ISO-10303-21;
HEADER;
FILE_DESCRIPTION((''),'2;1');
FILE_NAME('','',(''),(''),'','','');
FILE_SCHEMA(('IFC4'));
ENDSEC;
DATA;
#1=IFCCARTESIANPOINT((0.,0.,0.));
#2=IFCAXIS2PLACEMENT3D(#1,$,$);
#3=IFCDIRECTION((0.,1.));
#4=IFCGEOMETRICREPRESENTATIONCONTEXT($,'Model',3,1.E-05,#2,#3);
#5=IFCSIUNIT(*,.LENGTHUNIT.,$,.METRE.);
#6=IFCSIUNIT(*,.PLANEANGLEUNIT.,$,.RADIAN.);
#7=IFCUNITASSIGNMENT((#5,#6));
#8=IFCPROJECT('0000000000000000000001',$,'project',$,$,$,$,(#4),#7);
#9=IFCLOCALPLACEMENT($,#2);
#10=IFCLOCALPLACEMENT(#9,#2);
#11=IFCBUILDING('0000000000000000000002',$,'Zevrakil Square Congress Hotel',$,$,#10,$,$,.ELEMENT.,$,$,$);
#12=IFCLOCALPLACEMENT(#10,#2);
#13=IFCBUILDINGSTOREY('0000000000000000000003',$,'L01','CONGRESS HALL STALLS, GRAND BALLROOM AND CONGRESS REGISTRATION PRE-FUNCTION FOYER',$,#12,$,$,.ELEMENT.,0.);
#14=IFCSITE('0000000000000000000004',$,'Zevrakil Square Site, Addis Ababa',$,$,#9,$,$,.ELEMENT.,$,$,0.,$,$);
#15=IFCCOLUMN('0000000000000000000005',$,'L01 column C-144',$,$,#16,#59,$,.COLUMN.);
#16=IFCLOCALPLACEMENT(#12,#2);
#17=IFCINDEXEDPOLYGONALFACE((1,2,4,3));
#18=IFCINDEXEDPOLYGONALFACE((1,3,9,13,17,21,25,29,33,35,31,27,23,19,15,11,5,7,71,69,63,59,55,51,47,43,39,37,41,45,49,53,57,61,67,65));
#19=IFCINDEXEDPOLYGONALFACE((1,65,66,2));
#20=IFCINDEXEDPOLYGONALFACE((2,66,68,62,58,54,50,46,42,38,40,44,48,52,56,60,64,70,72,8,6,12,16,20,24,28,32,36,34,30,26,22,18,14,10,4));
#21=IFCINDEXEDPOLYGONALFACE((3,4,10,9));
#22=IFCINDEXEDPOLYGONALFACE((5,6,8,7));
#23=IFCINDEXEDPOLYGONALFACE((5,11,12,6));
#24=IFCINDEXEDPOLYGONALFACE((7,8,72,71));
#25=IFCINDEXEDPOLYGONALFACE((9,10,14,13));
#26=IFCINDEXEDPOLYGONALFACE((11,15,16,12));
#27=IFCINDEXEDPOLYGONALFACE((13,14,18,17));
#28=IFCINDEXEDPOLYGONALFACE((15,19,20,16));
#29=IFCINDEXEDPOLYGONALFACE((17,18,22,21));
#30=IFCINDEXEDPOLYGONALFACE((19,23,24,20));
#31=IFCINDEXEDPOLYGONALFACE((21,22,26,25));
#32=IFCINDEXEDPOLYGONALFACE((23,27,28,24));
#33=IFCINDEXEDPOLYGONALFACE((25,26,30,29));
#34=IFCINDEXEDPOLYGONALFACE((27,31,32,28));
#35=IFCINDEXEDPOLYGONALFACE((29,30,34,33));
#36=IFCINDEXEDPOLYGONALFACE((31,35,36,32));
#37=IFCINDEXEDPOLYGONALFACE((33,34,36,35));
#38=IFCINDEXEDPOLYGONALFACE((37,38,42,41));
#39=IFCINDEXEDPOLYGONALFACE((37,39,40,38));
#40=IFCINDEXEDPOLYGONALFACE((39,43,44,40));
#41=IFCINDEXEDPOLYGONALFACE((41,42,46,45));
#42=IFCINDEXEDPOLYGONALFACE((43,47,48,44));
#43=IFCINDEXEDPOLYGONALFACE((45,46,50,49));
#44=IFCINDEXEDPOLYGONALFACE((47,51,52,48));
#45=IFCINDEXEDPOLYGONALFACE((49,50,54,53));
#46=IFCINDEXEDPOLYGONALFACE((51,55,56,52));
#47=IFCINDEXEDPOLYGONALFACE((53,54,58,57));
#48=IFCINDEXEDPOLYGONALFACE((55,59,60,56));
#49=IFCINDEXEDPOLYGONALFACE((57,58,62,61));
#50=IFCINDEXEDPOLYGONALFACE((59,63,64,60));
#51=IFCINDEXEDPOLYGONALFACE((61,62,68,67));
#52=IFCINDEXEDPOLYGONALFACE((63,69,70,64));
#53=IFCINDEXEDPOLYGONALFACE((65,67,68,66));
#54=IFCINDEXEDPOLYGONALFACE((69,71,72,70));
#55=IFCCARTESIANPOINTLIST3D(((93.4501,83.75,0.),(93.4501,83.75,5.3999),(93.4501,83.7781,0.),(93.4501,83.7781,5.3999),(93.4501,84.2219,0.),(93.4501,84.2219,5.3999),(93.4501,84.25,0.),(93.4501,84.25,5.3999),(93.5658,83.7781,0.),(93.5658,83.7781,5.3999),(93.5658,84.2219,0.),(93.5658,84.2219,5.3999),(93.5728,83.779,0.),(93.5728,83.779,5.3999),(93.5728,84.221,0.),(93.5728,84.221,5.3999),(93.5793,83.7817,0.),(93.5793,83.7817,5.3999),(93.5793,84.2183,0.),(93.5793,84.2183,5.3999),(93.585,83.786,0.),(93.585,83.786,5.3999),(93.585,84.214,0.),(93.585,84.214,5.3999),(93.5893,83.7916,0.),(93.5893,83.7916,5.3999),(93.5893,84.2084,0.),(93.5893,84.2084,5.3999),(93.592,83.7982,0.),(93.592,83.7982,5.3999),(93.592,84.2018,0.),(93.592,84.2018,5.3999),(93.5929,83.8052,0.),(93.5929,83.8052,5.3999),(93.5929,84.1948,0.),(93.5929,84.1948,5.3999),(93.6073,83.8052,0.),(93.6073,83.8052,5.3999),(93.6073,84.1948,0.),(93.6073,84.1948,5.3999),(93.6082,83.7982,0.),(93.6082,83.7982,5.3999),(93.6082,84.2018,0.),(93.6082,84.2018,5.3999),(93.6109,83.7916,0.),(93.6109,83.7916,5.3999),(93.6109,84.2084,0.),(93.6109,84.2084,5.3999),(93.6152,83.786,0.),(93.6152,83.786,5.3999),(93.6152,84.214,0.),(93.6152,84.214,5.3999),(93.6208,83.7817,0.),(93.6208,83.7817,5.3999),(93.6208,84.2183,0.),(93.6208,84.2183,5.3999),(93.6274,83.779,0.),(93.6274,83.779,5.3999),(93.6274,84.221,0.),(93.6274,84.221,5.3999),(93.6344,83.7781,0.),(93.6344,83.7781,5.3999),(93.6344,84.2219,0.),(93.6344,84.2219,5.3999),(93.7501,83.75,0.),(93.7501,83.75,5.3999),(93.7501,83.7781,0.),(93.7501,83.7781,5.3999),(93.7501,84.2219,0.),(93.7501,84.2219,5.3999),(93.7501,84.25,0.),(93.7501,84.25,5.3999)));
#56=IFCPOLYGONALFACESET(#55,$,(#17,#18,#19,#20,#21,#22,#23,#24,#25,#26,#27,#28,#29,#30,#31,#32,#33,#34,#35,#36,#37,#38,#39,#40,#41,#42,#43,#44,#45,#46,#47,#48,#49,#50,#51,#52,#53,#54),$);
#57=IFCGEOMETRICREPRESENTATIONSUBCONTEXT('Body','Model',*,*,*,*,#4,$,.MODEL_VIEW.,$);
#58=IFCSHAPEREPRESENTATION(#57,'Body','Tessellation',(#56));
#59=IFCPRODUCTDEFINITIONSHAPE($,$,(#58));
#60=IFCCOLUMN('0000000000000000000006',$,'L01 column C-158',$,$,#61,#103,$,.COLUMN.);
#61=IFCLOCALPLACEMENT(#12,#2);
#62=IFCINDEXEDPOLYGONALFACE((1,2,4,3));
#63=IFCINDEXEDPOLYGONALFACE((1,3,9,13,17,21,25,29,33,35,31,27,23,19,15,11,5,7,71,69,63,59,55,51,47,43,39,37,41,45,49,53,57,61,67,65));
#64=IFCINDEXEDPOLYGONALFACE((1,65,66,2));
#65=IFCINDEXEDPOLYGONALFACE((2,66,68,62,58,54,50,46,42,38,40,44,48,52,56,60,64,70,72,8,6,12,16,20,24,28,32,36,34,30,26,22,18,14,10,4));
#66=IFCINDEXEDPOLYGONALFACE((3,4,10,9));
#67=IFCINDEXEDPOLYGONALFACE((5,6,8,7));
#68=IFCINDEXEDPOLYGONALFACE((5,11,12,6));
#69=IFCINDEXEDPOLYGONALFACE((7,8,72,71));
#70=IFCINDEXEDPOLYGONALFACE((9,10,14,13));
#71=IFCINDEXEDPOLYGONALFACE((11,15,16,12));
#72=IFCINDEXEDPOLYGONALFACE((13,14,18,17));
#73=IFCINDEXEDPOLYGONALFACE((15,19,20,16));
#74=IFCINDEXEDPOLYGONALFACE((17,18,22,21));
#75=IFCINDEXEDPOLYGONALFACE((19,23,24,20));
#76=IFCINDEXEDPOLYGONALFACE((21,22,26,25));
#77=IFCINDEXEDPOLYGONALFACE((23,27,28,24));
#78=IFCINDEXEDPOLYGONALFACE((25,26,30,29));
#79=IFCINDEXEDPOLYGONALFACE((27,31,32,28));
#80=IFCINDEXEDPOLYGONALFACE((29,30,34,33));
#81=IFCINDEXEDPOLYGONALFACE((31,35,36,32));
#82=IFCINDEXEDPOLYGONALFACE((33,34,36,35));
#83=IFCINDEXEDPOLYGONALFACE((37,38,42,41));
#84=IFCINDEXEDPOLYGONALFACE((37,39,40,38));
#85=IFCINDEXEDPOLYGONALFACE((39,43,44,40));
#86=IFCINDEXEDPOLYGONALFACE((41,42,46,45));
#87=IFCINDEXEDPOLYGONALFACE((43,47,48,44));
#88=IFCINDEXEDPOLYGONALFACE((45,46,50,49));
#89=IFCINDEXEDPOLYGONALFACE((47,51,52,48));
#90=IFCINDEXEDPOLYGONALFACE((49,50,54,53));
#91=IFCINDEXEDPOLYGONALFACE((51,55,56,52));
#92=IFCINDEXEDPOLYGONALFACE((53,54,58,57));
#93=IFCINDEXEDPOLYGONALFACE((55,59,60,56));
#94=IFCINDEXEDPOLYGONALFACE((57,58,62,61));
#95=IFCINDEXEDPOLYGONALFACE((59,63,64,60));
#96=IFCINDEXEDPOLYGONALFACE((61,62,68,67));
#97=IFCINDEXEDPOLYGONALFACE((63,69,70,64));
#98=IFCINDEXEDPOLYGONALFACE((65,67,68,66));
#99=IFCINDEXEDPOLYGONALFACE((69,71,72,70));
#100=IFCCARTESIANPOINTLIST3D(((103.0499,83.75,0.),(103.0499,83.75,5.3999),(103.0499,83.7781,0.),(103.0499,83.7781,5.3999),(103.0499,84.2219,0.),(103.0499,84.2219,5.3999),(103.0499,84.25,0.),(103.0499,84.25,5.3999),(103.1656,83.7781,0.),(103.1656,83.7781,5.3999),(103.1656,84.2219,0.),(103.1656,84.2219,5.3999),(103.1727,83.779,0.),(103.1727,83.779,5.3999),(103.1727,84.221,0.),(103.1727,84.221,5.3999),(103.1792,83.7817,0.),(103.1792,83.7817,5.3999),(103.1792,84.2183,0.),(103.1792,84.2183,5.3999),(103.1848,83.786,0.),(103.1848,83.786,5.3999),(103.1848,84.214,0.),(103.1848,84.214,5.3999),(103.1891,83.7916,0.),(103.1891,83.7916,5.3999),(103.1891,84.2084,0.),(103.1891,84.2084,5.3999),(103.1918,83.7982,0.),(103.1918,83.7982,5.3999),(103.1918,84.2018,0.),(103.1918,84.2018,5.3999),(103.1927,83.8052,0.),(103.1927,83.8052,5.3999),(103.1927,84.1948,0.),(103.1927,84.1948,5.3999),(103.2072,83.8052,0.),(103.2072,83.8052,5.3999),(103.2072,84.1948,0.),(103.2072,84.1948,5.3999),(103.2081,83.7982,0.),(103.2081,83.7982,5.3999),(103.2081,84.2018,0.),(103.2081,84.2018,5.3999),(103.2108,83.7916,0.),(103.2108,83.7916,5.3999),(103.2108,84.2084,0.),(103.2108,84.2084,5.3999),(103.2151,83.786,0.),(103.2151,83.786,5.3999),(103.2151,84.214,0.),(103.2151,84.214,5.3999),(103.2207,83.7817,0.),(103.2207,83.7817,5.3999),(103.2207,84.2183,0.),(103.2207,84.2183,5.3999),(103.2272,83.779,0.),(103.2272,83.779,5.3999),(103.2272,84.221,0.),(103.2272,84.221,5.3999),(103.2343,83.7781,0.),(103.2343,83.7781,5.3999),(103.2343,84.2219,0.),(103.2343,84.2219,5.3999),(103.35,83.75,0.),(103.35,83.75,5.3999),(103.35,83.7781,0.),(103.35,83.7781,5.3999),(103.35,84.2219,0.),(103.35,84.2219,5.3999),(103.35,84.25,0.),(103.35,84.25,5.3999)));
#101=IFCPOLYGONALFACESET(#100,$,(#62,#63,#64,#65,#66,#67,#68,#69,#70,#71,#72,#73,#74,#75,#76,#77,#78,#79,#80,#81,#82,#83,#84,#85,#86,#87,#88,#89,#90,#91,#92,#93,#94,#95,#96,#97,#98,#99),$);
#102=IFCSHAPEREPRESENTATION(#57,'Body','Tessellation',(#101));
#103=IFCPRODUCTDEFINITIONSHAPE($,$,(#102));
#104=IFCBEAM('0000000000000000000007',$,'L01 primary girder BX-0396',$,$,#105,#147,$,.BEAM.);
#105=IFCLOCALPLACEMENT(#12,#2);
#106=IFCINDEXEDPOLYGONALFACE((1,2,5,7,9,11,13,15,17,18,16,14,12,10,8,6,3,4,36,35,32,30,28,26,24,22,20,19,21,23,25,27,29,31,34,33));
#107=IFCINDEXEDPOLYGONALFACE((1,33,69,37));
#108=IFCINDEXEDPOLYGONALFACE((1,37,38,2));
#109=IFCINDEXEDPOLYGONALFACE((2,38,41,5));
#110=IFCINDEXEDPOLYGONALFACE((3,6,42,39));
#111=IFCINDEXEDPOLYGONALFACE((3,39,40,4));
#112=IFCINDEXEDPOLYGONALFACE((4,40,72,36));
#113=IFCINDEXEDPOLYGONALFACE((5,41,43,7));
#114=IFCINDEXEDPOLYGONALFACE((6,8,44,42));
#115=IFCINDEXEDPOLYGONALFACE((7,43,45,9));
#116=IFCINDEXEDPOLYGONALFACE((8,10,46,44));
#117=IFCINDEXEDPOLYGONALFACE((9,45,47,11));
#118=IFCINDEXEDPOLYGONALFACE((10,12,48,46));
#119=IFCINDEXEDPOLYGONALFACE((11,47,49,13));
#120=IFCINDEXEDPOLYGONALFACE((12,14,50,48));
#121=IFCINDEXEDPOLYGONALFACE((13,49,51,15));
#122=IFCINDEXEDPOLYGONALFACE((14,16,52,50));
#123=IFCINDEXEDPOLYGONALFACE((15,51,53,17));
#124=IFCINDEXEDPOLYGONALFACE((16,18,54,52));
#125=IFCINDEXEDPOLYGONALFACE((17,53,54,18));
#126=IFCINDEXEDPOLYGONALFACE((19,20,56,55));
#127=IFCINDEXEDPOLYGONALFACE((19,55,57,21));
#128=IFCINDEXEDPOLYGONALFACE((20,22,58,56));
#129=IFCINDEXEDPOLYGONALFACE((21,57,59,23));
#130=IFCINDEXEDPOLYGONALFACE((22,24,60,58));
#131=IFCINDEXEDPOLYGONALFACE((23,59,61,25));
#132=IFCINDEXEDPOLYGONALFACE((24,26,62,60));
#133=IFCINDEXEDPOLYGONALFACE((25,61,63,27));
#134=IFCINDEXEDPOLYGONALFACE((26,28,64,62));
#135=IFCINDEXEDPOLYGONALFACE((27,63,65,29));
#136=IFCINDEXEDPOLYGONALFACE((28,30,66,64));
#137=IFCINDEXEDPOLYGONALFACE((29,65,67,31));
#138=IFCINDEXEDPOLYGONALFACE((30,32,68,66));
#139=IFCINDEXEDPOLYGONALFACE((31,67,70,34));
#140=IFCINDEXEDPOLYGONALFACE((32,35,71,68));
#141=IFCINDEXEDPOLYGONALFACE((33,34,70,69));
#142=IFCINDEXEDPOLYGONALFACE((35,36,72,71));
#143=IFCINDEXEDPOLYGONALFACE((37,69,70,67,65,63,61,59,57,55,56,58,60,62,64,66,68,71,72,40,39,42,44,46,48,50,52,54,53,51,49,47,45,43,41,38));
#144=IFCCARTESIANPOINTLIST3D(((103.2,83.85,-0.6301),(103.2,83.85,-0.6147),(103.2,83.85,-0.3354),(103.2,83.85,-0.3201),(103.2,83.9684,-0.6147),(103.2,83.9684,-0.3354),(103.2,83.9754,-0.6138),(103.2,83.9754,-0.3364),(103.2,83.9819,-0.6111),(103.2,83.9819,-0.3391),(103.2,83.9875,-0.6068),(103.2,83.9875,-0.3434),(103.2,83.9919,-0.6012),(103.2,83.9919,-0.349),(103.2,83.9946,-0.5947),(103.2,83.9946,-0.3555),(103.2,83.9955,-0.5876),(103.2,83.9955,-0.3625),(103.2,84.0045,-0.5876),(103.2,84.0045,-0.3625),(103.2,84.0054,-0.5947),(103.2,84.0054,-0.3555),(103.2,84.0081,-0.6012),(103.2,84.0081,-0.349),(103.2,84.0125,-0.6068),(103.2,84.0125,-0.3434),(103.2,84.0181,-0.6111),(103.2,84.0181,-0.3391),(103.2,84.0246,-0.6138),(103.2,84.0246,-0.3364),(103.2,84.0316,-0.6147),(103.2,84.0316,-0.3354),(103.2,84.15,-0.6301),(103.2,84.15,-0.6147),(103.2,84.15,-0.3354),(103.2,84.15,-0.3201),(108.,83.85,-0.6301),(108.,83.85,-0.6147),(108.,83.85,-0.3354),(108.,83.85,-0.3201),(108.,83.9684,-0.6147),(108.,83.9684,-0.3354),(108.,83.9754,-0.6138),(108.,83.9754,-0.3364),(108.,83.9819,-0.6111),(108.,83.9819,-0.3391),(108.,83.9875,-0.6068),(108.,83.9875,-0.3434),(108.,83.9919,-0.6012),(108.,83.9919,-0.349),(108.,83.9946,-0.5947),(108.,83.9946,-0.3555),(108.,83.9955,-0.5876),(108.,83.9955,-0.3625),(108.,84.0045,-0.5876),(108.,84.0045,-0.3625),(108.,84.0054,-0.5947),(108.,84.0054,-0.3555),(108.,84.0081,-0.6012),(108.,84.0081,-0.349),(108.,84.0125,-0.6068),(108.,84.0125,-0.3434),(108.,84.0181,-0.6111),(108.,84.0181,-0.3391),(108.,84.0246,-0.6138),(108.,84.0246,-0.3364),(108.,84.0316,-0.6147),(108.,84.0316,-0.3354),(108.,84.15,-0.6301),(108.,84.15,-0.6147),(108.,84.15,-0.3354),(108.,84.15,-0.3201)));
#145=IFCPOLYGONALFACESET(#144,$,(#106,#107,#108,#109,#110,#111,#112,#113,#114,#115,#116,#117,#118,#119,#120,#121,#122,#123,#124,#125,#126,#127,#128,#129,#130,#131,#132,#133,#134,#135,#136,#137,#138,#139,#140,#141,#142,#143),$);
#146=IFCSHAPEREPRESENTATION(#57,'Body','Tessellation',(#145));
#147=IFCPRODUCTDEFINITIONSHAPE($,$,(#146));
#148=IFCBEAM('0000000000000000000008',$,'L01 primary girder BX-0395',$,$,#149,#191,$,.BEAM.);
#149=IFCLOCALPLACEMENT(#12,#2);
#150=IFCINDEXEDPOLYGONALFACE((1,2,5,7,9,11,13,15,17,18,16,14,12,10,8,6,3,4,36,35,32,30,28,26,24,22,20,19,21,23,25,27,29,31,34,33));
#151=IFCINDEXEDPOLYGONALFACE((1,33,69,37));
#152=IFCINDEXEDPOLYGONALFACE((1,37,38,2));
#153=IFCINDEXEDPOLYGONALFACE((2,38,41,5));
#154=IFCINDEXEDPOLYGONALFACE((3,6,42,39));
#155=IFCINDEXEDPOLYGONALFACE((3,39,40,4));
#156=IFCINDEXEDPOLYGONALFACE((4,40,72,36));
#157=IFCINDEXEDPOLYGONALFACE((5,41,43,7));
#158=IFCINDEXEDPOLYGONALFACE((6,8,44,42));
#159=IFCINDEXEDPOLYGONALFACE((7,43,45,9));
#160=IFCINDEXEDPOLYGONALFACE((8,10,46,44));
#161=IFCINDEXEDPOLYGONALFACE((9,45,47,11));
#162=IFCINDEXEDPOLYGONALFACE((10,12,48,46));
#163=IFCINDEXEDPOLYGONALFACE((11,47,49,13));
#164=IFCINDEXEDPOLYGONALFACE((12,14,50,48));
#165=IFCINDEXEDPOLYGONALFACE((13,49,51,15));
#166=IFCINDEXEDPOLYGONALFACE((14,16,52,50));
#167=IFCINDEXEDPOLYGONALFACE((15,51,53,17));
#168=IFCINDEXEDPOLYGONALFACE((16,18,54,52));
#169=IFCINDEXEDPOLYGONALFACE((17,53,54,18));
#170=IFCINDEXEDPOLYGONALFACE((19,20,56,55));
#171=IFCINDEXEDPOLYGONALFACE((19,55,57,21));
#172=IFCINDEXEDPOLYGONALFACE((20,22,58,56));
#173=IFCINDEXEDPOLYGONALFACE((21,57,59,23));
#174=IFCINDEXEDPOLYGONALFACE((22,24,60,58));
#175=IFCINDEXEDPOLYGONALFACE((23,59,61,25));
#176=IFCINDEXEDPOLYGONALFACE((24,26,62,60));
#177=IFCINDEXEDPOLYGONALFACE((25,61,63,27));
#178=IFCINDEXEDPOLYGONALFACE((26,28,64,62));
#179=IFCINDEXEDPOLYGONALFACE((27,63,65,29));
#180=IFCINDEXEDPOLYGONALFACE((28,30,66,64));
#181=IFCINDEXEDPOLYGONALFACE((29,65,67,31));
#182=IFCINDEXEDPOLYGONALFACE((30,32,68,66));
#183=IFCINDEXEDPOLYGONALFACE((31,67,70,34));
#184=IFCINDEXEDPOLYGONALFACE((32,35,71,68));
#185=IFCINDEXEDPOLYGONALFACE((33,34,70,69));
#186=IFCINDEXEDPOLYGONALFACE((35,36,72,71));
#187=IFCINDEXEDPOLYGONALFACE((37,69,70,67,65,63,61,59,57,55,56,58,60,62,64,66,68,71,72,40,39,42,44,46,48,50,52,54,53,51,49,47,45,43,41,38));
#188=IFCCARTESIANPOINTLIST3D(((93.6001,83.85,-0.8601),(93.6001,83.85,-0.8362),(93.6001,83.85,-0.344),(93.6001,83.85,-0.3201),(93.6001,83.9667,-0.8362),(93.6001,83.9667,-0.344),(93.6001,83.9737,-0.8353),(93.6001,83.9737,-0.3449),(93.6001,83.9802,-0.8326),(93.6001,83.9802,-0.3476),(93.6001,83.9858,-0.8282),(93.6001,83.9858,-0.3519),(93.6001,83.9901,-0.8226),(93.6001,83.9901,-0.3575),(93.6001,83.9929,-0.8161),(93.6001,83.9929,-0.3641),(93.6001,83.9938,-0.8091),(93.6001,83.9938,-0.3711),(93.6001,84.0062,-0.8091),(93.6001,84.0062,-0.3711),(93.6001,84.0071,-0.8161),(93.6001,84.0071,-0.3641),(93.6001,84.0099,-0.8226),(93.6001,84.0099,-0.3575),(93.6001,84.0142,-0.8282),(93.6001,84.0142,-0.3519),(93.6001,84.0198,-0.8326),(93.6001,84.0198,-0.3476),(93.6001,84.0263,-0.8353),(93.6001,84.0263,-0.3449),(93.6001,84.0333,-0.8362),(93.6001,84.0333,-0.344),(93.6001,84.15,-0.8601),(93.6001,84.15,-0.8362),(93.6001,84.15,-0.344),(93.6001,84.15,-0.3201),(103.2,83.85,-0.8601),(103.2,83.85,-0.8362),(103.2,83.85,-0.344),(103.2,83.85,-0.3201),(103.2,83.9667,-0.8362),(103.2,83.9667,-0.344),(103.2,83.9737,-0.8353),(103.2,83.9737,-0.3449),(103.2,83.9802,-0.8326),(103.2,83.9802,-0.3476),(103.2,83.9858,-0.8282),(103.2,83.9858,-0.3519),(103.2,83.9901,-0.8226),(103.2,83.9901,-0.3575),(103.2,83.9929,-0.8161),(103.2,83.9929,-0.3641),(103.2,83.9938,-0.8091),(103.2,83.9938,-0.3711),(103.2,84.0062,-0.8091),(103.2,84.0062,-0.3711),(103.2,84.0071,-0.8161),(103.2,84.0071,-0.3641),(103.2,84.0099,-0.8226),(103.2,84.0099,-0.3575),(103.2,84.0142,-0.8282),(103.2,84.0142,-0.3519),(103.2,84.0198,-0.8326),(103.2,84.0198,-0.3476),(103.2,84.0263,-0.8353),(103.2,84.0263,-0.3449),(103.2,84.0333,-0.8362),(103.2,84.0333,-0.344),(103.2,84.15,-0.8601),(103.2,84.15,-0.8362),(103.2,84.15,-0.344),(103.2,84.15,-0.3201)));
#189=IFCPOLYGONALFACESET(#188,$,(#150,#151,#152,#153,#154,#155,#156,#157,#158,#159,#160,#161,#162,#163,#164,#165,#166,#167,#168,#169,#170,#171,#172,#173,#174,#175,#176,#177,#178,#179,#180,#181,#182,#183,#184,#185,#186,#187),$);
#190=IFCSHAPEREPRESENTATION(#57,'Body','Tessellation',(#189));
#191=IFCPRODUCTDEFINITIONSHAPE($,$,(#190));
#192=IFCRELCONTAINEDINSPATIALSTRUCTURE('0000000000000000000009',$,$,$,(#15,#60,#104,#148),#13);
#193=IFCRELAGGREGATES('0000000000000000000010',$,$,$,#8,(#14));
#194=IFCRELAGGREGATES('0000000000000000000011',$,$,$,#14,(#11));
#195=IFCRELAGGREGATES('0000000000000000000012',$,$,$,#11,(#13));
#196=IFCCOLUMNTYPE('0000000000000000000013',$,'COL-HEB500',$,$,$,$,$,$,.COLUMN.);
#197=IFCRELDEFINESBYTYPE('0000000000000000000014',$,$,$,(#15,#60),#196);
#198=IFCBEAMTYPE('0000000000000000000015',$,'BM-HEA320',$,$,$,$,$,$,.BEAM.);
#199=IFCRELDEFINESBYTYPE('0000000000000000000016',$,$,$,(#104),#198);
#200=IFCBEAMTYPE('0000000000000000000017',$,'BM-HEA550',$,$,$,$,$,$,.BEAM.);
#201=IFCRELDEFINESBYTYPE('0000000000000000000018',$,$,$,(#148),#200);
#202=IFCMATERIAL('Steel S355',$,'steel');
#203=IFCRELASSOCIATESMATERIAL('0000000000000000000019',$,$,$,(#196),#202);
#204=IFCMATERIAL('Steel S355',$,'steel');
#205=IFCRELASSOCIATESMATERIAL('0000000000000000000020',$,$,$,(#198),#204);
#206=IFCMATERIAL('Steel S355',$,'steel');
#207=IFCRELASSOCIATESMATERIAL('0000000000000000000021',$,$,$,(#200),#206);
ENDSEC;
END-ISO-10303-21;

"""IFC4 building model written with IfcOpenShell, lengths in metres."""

from ifc_helpers import new_model, si_unit, direction, frame, origin, origin_2d, place, context, subcontext, project, spatial, i_section, extrude, material, material_profile, profile_set, type_object, element, save


model = new_model("IFC4")

# Units and contexts
model_context = context("Model", 3, precision=1e-05, world=origin(), true_north=direction((0.0, 1.0)))
body_context = subcontext(model_context, "Body", "Model", "MODEL_VIEW")
ifc_project = project(units=[si_unit("LENGTHUNIT", "METRE"), si_unit("PLANEANGLEUNIT", "RADIAN")], contexts=[model_context])

# Site, building, storey
site_placement = place(None, origin())
site = spatial("IfcSite", under=ifc_project, at=site_placement, Name="Zevrakil Square Site, Addis Ababa", CompositionType="ELEMENT", RefElevation=0.0)
building_placement = place(site_placement, origin())
building = spatial("IfcBuilding", under=site, at=building_placement, Name="Zevrakil Square Congress Hotel", CompositionType="ELEMENT")
storey_placement = place(building_placement, origin())
storey = spatial("IfcBuildingStorey", under=building, at=storey_placement, Name="L01", Description="CONGRESS HALL STALLS, GRAND BALLROOM AND CONGRESS REGISTRATION PRE-FUNCTION FOYER", CompositionType="ELEMENT", Elevation=0.0)

# Columns
ifc_material_1 = material(Name="Steel S355", Category="steel")
ifc_material_profile_1 = material_profile(ifc_material_1, i_section(OverallWidth=0.3, OverallDepth=0.5, WebThickness=0.0144, FlangeThickness=0.0281, FilletRadius=0.0271, at=origin_2d()), Name="HEB 500")
ifc_profile_set_1 = profile_set([ifc_material_profile_1], Name="Steel S355")
column_type = type_object("IfcColumnType", Name="COL-HEB500", PredefinedType="COLUMN", material=ifc_profile_set_1)
for number, where, z_axis, x_axis, name in (
    (1, (93.6001, 84.0, 0.0), (0.0, 0.0, 1.0), (1.0, 0.0, 0.0), "L01 column C-144"),
    (2, (103.2, 84.0, 0.0), (0.0, 0.0, 1.0), (1.0, 0.0, 0.0), "L01 column C-158"),
):
    element("IfcColumn", number, at=place(storey_placement, frame(where, z_axis=z_axis, x_axis=x_axis)), inside=storey, type_object=column_type, Name=name, PredefinedType="COLUMN", context=body_context, shape_type="SweptSolid", body=[
        extrude(i_section(OverallWidth=0.3, OverallDepth=0.5, WebThickness=0.0144, FlangeThickness=0.0281, FilletRadius=0.0271, at=origin_2d()), origin(), (0.0, 0.0, 1.0), 5.3999),
    ])

# Beams
ifc_material_2 = material(Name="Steel S355", Category="steel")
ifc_material_profile_2 = material_profile(ifc_material_2, i_section(OverallWidth=0.3, OverallDepth=0.3101, WebThickness=0.009, FlangeThickness=0.0154, FilletRadius=0.0271, at=origin_2d()), Name="HEA 320")
ifc_profile_set_2 = profile_set([ifc_material_profile_2], Name="Steel S355")
beam_type_1 = type_object("IfcBeamType", Name="BM-HEA320", PredefinedType="BEAM", material=ifc_profile_set_2)
beam_1_placement = place(storey_placement, frame((103.2, 84.0, -0.4751), z_axis=(1.0, 0.0, 0.0), x_axis=(0.0, 1.0, 0.0)))
element("IfcBeam", 3, at=beam_1_placement, inside=storey, type_object=beam_type_1, Name="L01 primary girder BX-0396", PredefinedType="BEAM", context=body_context, shape_type="SweptSolid", body=[
    extrude(i_section(OverallWidth=0.3, OverallDepth=0.3101, WebThickness=0.009, FlangeThickness=0.0154, FilletRadius=0.0271, at=origin_2d()), origin(), (0.0, 0.0, 1.0), 4.8),
])
ifc_material_3 = material(Name="Steel S355", Category="steel")
ifc_material_profile_3 = material_profile(ifc_material_3, i_section(OverallWidth=0.3, OverallDepth=0.54, WebThickness=0.0125, FlangeThickness=0.0239, FilletRadius=0.0271, at=origin_2d()), Name="HEA 550")
ifc_profile_set_3 = profile_set([ifc_material_profile_3], Name="Steel S355")
beam_type_2 = type_object("IfcBeamType", Name="BM-HEA550", PredefinedType="BEAM", material=ifc_profile_set_3)
beam_2_placement = place(storey_placement, frame((93.6001, 84.0, -0.5901), z_axis=(1.0, 0.0, 0.0), x_axis=(0.0, 1.0, 0.0)))
element("IfcBeam", 4, at=beam_2_placement, inside=storey, type_object=beam_type_2, Name="L01 primary girder BX-0395", PredefinedType="BEAM", context=body_context, shape_type="SweptSolid", body=[
    extrude(i_section(OverallWidth=0.3, OverallDepth=0.54, WebThickness=0.0125, FlangeThickness=0.0239, FilletRadius=0.0271, at=origin_2d()), origin(), (0.0, 0.0, 1.0), 9.5999),
])

save(model, "model.ifc")
